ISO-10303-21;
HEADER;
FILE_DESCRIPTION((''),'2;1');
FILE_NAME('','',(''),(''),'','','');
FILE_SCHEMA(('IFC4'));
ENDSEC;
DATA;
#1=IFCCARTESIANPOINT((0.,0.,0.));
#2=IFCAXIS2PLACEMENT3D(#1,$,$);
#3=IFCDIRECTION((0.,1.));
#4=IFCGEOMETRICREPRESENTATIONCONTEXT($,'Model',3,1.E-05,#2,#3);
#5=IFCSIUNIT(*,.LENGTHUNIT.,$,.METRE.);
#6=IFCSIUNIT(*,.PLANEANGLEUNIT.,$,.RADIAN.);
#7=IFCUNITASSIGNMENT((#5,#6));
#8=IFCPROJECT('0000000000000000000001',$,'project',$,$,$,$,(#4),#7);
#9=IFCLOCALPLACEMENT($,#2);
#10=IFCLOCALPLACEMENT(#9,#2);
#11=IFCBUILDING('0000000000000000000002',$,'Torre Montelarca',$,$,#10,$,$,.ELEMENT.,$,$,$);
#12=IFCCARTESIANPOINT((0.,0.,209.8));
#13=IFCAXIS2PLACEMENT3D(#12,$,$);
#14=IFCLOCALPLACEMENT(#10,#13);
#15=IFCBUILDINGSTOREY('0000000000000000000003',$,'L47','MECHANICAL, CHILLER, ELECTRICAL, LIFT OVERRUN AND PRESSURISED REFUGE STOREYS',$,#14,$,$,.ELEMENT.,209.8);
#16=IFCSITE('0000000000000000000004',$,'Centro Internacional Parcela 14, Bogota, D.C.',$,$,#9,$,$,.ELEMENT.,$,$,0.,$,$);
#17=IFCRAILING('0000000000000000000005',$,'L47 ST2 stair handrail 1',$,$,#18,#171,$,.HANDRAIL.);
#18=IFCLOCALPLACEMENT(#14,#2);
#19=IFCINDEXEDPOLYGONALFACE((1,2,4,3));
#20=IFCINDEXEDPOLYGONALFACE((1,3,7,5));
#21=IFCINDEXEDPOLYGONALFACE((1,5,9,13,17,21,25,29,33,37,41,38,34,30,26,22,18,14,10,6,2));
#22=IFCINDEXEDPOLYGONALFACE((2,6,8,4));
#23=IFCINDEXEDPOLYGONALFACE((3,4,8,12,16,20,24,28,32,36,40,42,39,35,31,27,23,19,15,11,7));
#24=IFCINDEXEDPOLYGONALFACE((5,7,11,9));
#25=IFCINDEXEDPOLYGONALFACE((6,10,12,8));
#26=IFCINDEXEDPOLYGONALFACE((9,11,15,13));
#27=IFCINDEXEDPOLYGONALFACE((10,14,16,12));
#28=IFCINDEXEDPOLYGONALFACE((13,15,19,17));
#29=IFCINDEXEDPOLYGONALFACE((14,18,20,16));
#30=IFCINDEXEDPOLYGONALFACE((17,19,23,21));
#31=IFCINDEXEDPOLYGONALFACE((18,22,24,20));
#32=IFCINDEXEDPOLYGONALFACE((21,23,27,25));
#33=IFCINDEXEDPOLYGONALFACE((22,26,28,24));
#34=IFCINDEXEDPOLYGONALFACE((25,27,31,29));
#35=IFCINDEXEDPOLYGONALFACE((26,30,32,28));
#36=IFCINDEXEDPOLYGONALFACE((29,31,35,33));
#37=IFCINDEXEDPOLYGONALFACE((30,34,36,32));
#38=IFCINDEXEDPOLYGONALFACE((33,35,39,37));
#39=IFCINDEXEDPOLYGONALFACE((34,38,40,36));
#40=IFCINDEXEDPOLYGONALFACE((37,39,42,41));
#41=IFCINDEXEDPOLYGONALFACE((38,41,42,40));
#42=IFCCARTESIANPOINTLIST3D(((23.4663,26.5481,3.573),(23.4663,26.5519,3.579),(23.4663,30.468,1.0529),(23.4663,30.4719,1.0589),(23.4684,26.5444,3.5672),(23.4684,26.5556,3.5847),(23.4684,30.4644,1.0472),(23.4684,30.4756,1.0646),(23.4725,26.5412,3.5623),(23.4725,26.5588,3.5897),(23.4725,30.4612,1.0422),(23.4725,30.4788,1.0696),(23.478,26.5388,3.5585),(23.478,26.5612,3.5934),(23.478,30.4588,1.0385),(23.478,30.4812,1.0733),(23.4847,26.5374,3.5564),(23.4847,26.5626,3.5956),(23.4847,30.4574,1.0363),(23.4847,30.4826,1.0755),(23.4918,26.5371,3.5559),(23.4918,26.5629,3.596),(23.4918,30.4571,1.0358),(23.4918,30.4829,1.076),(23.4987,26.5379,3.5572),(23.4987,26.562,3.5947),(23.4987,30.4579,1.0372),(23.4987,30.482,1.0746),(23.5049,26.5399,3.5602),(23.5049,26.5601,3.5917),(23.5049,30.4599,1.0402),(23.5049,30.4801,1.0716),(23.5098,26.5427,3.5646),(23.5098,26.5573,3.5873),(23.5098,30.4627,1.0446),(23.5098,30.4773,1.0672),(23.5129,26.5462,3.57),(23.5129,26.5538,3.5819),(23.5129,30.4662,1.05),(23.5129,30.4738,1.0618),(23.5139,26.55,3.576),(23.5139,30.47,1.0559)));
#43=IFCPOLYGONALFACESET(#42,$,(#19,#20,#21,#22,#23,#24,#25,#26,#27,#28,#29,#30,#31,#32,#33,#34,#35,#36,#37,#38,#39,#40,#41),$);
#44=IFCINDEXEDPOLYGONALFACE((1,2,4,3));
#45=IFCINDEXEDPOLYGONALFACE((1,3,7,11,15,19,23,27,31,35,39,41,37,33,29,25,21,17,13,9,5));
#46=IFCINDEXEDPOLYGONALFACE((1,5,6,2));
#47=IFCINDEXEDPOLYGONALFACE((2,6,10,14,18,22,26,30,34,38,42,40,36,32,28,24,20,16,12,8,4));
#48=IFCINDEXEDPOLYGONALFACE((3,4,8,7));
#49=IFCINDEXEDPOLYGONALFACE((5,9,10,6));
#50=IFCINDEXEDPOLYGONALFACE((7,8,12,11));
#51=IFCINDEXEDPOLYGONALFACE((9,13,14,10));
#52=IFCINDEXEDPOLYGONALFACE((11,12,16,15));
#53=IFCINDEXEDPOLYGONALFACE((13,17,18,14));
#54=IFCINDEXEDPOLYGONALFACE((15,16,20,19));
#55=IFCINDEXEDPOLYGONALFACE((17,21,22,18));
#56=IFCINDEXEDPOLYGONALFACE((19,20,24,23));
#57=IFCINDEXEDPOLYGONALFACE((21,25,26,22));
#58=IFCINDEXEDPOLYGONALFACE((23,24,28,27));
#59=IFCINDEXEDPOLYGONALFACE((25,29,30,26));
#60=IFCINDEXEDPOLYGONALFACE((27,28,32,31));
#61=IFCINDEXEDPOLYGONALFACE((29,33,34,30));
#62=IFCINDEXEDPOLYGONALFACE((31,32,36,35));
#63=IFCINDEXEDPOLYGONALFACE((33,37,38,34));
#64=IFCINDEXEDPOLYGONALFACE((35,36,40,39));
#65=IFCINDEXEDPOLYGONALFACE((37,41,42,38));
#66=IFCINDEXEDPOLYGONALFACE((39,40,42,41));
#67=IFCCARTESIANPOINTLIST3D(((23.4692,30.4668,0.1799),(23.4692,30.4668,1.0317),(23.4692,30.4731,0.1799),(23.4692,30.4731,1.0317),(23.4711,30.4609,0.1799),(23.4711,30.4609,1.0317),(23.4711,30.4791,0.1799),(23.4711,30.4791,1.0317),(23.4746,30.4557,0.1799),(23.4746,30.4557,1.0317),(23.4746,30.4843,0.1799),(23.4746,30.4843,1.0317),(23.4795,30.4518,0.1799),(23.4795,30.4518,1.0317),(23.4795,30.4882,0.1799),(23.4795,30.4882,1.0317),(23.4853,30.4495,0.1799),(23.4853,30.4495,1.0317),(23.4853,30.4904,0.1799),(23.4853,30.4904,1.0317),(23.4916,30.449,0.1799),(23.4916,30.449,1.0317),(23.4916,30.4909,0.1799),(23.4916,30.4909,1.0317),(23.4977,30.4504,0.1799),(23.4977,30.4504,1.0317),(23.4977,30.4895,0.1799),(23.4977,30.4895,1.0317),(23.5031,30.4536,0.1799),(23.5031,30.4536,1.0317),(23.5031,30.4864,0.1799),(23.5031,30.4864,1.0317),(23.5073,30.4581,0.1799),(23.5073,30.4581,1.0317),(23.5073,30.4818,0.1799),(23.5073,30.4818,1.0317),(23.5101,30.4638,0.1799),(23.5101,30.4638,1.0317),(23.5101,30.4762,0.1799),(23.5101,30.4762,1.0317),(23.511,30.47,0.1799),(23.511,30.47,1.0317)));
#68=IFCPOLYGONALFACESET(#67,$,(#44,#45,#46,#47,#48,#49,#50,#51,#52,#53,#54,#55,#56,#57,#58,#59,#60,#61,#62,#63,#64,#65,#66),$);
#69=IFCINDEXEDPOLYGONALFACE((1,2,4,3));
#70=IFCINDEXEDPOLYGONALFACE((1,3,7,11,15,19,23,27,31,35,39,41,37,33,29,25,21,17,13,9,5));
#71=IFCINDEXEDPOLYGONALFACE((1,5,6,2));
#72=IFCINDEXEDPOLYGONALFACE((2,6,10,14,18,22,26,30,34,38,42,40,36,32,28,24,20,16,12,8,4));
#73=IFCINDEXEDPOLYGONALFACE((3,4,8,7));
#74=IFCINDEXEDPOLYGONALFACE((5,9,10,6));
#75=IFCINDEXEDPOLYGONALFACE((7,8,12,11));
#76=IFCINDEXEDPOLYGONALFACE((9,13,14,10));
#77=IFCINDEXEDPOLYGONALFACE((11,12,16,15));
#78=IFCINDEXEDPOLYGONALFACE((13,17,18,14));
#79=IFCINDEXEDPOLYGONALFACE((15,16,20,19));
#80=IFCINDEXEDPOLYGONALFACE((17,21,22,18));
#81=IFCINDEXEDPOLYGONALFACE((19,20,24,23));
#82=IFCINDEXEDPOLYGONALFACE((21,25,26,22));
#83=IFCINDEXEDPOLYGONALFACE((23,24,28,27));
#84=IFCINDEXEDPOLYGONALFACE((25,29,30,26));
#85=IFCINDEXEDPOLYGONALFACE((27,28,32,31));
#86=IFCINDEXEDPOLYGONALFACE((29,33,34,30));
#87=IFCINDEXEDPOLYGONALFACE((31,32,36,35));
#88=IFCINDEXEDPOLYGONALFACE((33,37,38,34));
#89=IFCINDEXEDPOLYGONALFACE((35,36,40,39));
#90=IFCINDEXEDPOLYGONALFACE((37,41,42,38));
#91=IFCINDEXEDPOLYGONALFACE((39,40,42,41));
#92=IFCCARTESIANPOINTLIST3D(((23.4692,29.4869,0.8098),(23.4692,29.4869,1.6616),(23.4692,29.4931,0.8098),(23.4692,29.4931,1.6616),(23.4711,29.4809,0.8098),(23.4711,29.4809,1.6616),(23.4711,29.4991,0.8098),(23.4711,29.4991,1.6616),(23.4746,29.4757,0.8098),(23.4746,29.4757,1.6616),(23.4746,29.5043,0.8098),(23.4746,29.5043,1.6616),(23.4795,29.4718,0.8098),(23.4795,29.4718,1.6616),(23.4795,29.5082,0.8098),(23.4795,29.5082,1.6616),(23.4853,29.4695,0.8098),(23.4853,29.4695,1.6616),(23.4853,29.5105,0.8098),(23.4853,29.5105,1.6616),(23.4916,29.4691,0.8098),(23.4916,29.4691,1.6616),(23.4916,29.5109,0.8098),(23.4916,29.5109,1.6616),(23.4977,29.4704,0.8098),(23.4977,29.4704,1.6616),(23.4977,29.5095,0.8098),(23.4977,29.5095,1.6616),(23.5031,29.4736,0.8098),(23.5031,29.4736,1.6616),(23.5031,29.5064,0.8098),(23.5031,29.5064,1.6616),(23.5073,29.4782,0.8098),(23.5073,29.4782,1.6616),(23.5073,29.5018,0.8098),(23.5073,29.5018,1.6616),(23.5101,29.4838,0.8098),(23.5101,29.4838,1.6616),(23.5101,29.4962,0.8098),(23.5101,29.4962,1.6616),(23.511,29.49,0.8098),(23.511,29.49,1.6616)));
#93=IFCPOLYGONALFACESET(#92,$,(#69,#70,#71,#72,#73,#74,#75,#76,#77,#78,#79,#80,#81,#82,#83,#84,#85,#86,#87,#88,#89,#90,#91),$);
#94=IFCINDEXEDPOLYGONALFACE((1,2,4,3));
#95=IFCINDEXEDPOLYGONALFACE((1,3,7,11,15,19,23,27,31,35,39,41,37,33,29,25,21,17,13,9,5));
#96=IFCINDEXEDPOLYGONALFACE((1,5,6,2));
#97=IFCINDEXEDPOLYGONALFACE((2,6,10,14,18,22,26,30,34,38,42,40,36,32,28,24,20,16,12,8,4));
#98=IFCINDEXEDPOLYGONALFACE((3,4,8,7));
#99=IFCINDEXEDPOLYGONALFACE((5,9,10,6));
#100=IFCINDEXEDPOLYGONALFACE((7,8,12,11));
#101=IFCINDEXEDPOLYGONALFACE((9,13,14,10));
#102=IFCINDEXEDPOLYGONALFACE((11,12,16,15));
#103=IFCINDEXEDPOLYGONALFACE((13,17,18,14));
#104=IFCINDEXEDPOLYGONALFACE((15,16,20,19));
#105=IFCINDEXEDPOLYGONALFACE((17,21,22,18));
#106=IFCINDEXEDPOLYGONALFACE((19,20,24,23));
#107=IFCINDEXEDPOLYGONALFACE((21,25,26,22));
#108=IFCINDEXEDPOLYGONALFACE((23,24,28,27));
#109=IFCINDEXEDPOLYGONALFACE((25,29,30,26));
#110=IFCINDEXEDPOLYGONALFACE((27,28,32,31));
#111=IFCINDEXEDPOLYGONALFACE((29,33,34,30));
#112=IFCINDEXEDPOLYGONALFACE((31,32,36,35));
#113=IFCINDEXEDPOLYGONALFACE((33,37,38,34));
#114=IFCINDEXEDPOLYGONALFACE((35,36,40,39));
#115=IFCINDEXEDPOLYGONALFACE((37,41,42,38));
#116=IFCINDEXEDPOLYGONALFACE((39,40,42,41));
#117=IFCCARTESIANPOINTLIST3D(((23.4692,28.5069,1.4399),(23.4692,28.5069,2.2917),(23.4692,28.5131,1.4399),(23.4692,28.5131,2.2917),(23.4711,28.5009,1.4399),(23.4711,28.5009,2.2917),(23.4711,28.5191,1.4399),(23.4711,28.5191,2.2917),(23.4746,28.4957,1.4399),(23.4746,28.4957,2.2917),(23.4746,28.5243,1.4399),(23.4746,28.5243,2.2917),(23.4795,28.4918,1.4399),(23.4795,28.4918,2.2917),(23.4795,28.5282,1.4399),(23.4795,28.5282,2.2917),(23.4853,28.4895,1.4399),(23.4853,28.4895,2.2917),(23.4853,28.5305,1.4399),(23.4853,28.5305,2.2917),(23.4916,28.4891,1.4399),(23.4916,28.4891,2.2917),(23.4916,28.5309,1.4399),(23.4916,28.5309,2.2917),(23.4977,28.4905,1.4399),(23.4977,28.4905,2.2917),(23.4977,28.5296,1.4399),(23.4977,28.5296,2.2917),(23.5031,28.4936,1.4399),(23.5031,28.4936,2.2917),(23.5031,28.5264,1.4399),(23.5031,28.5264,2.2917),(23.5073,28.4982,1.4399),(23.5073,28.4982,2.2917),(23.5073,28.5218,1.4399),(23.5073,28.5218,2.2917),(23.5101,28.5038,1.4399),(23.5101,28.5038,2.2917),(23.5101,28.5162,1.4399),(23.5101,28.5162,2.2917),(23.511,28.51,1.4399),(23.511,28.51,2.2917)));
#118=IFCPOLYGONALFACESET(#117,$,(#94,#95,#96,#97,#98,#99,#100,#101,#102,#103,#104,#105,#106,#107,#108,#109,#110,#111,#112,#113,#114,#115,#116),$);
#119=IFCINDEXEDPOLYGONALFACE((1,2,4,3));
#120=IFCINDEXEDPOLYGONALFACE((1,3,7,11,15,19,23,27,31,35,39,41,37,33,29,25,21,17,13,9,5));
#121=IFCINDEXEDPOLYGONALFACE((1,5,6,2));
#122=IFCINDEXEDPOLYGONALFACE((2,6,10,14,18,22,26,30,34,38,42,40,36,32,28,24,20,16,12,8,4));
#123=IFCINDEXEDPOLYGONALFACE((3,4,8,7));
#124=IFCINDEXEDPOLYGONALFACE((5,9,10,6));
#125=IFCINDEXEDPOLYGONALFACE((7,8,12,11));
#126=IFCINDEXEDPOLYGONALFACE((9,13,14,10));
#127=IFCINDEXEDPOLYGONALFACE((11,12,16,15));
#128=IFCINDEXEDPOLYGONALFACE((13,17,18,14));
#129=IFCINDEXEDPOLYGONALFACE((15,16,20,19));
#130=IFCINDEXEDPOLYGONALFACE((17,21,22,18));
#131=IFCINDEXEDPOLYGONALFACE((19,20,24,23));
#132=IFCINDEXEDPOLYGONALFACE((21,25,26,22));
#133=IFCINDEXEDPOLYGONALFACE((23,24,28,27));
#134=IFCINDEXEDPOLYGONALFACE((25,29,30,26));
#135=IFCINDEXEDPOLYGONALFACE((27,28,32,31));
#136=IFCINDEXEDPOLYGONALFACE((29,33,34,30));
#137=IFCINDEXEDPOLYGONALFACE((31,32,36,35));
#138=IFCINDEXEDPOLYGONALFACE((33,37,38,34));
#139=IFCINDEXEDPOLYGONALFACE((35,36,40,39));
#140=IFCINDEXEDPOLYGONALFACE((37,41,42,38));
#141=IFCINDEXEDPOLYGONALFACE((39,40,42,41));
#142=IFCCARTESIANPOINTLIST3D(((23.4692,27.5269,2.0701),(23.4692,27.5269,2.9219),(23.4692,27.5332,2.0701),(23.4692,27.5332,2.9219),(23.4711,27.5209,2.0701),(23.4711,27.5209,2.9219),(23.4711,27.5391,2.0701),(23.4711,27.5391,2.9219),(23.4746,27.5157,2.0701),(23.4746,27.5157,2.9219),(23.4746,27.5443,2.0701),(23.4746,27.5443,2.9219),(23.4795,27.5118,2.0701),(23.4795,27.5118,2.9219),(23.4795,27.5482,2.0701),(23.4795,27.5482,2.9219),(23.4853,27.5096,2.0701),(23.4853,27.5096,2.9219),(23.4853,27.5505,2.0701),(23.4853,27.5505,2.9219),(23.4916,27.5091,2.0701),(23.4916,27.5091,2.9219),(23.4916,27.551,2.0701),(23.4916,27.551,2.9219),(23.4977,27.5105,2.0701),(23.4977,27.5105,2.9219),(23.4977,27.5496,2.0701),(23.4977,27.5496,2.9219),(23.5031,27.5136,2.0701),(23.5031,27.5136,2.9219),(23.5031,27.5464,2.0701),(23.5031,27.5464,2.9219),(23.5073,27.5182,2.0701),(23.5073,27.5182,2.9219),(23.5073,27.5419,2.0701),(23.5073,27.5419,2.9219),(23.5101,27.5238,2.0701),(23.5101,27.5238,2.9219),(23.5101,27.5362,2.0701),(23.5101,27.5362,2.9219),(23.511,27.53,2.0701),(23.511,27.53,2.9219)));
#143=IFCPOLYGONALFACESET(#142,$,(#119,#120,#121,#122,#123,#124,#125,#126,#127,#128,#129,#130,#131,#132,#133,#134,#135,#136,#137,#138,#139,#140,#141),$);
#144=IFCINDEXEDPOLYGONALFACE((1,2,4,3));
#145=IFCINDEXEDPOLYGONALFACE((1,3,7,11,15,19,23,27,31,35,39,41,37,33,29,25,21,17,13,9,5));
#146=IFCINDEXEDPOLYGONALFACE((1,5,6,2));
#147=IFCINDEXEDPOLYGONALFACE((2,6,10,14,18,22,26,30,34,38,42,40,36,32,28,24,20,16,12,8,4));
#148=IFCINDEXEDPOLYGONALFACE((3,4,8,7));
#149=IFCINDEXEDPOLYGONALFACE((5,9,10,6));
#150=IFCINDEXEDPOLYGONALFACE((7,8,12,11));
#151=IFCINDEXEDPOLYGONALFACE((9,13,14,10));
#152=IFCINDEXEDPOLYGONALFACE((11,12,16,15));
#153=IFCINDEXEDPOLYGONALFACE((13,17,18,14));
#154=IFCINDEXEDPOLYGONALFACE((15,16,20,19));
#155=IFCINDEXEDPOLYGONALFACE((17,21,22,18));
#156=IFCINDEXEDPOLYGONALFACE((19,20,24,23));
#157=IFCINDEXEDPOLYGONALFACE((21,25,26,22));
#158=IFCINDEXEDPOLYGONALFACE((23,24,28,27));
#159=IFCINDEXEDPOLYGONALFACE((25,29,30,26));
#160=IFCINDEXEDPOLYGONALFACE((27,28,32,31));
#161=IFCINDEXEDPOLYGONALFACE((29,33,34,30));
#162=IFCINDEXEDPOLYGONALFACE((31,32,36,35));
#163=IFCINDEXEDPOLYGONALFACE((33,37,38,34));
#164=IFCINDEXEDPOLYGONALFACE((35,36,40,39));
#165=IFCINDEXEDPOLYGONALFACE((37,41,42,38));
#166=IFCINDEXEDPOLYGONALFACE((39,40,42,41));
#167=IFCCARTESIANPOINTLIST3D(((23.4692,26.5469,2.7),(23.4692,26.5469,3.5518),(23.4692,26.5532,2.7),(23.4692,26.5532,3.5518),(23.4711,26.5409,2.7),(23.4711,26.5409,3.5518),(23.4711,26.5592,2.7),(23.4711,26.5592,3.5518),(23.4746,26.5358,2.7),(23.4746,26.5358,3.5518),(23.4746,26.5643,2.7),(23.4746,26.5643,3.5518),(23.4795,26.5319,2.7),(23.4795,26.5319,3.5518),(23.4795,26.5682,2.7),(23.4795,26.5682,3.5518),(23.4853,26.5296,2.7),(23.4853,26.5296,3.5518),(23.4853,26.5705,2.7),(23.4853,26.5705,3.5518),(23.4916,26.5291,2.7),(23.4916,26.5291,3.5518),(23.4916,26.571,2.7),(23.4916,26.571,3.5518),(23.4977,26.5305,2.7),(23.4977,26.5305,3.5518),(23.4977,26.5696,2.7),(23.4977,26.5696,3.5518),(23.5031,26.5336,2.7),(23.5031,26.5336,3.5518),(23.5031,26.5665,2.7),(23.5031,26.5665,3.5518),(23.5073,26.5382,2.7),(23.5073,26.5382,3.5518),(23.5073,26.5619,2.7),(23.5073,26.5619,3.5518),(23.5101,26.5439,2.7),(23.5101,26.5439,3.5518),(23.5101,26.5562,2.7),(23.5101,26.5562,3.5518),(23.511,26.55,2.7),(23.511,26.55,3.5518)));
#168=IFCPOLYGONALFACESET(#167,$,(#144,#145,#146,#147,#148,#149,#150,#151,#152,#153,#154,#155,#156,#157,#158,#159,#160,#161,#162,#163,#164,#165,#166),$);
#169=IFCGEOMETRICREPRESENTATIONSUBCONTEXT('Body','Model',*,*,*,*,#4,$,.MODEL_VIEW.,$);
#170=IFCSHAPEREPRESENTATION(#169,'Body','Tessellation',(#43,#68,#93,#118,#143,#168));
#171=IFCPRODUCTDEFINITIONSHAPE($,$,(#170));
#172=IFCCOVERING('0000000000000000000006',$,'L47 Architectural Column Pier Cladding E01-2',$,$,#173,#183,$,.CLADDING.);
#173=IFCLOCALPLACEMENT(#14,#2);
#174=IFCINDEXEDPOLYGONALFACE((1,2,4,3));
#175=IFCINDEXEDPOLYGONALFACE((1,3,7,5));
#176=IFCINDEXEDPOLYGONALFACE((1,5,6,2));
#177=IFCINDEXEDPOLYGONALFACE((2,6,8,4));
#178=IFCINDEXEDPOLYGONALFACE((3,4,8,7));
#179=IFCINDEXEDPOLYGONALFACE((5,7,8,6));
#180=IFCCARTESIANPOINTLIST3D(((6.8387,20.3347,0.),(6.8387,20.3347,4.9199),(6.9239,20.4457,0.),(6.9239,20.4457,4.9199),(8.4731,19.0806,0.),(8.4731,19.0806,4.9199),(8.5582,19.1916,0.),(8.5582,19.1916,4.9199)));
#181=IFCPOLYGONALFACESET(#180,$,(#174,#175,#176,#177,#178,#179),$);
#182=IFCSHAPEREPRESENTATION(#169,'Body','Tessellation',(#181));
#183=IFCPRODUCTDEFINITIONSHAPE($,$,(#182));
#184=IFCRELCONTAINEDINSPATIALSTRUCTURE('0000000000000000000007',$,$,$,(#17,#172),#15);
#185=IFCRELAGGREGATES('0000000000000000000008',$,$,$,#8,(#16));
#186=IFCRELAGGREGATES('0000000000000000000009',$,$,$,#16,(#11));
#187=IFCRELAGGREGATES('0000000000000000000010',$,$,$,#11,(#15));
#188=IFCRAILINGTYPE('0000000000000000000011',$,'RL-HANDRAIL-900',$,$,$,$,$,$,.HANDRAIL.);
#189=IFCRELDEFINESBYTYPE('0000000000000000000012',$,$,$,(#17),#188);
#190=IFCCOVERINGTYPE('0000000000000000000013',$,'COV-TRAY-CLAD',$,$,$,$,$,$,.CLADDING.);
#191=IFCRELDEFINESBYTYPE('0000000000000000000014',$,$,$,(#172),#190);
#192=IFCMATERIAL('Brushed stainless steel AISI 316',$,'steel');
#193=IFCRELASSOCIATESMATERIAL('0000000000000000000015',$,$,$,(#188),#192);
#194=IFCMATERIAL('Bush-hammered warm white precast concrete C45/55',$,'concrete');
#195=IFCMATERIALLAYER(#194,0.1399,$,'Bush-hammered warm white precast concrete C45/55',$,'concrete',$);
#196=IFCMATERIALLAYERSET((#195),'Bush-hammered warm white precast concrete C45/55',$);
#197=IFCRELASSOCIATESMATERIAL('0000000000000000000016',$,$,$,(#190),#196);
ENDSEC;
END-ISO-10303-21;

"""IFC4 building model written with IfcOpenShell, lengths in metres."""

from ifc_helpers import new_model, si_unit, direction, frame, origin, origin_2d, place, context, subcontext, project, spatial, rectangle, circle, extrude, source, transform, mapped, material, layer, layer_set, type_object, element, save


model = new_model("IFC4")

# Units and contexts
model_context = context("Model", 3, precision=1e-05, world=origin(), true_north=direction((0.0, 1.0)))
body_context = subcontext(model_context, "Body", "Model", "MODEL_VIEW")
ifc_project = project(units=[si_unit("LENGTHUNIT", "METRE"), si_unit("PLANEANGLEUNIT", "RADIAN")], contexts=[model_context])

# Site, building, storey
site_placement = place(None, origin())
site = spatial("IfcSite", under=ifc_project, at=site_placement, Name="Centro Internacional Parcela 14, Bogota, D.C.", CompositionType="ELEMENT", RefElevation=0.0)
building_placement = place(site_placement, origin())
building = spatial("IfcBuilding", under=site, at=building_placement, Name="Torre Montelarca", CompositionType="ELEMENT")
storey_placement = place(building_placement, frame((0.0, 0.0, 209.8)))
storey = spatial("IfcBuildingStorey", under=building, at=storey_placement, Name="L47", Description="MECHANICAL, CHILLER, ELECTRICAL, LIFT OVERRUN AND PRESSURISED REFUGE STOREYS", CompositionType="ELEMENT", Elevation=209.8)

# Railing
ifc_material_1 = material(Name="Brushed stainless steel AISI 316", Category="steel")
railing_type_1 = type_object("IfcRailingType", Name="RL-HANDRAIL-900", PredefinedType="HANDRAIL", material=ifc_material_1)
railing_1_placement = place(storey_placement, frame((23.49, 30.47, 0.1799)))
element("IfcRailing", 1, at=railing_1_placement, inside=storey, type_object=railing_type_1, Name="L47 ST2 stair handrail 1", PredefinedType="HANDRAIL", context=body_context, shape_type="SweptSolid", body=[
    extrude(circle(Radius=0.0239, at=origin_2d()), frame((0.0, 0.0, 0.876), z_axis=(0.0, -0.841172, 0.540768), x_axis=(1.0, 0.0, 0.0)), (0.0, 0.0, 1.0), 4.6602),
    extrude(circle(Radius=0.021, at=origin_2d()), origin(), (0.0, 0.0, 1.0), 0.8518),
    extrude(circle(Radius=0.021, at=origin_2d()), frame((0.0, -0.98, 0.6299)), (0.0, 0.0, 1.0), 0.8518),
    extrude(circle(Radius=0.021, at=origin_2d()), frame((0.0, -1.96, 1.26)), (0.0, 0.0, 1.0), 0.8518),
    extrude(circle(Radius=0.021, at=origin_2d()), frame((0.0, -2.9399, 1.8901)), (0.0, 0.0, 1.0), 0.8518),
    extrude(circle(Radius=0.021, at=origin_2d()), frame((0.0, -3.9199, 2.52)), (0.0, 0.0, 1.0), 0.8518),
])

# Covering
ifc_material_2 = material(Name="Bush-hammered warm white precast concrete C45/55", Category="concrete")
ifc_layer_1 = layer(ifc_material_2, 0.1399, Name="Bush-hammered warm white precast concrete C45/55", Category="concrete")
ifc_layer_set_1 = layer_set([ifc_layer_1], Name="Bush-hammered warm white precast concrete C45/55")
covering_type = type_object("IfcCoveringType", Name="COV-TRAY-CLAD", PredefinedType="CLADDING", material=ifc_layer_set_1)
shared_shape_1 = source(origin(), body_context, "Body", "SweptSolid", [
    extrude(rectangle(XDim=2.0601, YDim=0.1399, at=origin_2d()), origin(), (0.0, 0.0, 1.0), 4.9199),
])
covering_placement = place(storey_placement, frame((7.6985, 19.7632, 0.0), z_axis=(0.0, 0.0, 1.0), x_axis=(0.793352, -0.608763, 0.0)))
element("IfcCovering", 2, at=covering_placement, inside=storey, type_object=covering_type, Name="L47 Architectural Column Pier Cladding E01-2", PredefinedType="CLADDING", context=body_context, shape_type="MappedRepresentation", body=[
    mapped(shared_shape_1, transform((0.0, 0.0, 0.0), scale=1.0)),
])

save(model, "model.ifc")
